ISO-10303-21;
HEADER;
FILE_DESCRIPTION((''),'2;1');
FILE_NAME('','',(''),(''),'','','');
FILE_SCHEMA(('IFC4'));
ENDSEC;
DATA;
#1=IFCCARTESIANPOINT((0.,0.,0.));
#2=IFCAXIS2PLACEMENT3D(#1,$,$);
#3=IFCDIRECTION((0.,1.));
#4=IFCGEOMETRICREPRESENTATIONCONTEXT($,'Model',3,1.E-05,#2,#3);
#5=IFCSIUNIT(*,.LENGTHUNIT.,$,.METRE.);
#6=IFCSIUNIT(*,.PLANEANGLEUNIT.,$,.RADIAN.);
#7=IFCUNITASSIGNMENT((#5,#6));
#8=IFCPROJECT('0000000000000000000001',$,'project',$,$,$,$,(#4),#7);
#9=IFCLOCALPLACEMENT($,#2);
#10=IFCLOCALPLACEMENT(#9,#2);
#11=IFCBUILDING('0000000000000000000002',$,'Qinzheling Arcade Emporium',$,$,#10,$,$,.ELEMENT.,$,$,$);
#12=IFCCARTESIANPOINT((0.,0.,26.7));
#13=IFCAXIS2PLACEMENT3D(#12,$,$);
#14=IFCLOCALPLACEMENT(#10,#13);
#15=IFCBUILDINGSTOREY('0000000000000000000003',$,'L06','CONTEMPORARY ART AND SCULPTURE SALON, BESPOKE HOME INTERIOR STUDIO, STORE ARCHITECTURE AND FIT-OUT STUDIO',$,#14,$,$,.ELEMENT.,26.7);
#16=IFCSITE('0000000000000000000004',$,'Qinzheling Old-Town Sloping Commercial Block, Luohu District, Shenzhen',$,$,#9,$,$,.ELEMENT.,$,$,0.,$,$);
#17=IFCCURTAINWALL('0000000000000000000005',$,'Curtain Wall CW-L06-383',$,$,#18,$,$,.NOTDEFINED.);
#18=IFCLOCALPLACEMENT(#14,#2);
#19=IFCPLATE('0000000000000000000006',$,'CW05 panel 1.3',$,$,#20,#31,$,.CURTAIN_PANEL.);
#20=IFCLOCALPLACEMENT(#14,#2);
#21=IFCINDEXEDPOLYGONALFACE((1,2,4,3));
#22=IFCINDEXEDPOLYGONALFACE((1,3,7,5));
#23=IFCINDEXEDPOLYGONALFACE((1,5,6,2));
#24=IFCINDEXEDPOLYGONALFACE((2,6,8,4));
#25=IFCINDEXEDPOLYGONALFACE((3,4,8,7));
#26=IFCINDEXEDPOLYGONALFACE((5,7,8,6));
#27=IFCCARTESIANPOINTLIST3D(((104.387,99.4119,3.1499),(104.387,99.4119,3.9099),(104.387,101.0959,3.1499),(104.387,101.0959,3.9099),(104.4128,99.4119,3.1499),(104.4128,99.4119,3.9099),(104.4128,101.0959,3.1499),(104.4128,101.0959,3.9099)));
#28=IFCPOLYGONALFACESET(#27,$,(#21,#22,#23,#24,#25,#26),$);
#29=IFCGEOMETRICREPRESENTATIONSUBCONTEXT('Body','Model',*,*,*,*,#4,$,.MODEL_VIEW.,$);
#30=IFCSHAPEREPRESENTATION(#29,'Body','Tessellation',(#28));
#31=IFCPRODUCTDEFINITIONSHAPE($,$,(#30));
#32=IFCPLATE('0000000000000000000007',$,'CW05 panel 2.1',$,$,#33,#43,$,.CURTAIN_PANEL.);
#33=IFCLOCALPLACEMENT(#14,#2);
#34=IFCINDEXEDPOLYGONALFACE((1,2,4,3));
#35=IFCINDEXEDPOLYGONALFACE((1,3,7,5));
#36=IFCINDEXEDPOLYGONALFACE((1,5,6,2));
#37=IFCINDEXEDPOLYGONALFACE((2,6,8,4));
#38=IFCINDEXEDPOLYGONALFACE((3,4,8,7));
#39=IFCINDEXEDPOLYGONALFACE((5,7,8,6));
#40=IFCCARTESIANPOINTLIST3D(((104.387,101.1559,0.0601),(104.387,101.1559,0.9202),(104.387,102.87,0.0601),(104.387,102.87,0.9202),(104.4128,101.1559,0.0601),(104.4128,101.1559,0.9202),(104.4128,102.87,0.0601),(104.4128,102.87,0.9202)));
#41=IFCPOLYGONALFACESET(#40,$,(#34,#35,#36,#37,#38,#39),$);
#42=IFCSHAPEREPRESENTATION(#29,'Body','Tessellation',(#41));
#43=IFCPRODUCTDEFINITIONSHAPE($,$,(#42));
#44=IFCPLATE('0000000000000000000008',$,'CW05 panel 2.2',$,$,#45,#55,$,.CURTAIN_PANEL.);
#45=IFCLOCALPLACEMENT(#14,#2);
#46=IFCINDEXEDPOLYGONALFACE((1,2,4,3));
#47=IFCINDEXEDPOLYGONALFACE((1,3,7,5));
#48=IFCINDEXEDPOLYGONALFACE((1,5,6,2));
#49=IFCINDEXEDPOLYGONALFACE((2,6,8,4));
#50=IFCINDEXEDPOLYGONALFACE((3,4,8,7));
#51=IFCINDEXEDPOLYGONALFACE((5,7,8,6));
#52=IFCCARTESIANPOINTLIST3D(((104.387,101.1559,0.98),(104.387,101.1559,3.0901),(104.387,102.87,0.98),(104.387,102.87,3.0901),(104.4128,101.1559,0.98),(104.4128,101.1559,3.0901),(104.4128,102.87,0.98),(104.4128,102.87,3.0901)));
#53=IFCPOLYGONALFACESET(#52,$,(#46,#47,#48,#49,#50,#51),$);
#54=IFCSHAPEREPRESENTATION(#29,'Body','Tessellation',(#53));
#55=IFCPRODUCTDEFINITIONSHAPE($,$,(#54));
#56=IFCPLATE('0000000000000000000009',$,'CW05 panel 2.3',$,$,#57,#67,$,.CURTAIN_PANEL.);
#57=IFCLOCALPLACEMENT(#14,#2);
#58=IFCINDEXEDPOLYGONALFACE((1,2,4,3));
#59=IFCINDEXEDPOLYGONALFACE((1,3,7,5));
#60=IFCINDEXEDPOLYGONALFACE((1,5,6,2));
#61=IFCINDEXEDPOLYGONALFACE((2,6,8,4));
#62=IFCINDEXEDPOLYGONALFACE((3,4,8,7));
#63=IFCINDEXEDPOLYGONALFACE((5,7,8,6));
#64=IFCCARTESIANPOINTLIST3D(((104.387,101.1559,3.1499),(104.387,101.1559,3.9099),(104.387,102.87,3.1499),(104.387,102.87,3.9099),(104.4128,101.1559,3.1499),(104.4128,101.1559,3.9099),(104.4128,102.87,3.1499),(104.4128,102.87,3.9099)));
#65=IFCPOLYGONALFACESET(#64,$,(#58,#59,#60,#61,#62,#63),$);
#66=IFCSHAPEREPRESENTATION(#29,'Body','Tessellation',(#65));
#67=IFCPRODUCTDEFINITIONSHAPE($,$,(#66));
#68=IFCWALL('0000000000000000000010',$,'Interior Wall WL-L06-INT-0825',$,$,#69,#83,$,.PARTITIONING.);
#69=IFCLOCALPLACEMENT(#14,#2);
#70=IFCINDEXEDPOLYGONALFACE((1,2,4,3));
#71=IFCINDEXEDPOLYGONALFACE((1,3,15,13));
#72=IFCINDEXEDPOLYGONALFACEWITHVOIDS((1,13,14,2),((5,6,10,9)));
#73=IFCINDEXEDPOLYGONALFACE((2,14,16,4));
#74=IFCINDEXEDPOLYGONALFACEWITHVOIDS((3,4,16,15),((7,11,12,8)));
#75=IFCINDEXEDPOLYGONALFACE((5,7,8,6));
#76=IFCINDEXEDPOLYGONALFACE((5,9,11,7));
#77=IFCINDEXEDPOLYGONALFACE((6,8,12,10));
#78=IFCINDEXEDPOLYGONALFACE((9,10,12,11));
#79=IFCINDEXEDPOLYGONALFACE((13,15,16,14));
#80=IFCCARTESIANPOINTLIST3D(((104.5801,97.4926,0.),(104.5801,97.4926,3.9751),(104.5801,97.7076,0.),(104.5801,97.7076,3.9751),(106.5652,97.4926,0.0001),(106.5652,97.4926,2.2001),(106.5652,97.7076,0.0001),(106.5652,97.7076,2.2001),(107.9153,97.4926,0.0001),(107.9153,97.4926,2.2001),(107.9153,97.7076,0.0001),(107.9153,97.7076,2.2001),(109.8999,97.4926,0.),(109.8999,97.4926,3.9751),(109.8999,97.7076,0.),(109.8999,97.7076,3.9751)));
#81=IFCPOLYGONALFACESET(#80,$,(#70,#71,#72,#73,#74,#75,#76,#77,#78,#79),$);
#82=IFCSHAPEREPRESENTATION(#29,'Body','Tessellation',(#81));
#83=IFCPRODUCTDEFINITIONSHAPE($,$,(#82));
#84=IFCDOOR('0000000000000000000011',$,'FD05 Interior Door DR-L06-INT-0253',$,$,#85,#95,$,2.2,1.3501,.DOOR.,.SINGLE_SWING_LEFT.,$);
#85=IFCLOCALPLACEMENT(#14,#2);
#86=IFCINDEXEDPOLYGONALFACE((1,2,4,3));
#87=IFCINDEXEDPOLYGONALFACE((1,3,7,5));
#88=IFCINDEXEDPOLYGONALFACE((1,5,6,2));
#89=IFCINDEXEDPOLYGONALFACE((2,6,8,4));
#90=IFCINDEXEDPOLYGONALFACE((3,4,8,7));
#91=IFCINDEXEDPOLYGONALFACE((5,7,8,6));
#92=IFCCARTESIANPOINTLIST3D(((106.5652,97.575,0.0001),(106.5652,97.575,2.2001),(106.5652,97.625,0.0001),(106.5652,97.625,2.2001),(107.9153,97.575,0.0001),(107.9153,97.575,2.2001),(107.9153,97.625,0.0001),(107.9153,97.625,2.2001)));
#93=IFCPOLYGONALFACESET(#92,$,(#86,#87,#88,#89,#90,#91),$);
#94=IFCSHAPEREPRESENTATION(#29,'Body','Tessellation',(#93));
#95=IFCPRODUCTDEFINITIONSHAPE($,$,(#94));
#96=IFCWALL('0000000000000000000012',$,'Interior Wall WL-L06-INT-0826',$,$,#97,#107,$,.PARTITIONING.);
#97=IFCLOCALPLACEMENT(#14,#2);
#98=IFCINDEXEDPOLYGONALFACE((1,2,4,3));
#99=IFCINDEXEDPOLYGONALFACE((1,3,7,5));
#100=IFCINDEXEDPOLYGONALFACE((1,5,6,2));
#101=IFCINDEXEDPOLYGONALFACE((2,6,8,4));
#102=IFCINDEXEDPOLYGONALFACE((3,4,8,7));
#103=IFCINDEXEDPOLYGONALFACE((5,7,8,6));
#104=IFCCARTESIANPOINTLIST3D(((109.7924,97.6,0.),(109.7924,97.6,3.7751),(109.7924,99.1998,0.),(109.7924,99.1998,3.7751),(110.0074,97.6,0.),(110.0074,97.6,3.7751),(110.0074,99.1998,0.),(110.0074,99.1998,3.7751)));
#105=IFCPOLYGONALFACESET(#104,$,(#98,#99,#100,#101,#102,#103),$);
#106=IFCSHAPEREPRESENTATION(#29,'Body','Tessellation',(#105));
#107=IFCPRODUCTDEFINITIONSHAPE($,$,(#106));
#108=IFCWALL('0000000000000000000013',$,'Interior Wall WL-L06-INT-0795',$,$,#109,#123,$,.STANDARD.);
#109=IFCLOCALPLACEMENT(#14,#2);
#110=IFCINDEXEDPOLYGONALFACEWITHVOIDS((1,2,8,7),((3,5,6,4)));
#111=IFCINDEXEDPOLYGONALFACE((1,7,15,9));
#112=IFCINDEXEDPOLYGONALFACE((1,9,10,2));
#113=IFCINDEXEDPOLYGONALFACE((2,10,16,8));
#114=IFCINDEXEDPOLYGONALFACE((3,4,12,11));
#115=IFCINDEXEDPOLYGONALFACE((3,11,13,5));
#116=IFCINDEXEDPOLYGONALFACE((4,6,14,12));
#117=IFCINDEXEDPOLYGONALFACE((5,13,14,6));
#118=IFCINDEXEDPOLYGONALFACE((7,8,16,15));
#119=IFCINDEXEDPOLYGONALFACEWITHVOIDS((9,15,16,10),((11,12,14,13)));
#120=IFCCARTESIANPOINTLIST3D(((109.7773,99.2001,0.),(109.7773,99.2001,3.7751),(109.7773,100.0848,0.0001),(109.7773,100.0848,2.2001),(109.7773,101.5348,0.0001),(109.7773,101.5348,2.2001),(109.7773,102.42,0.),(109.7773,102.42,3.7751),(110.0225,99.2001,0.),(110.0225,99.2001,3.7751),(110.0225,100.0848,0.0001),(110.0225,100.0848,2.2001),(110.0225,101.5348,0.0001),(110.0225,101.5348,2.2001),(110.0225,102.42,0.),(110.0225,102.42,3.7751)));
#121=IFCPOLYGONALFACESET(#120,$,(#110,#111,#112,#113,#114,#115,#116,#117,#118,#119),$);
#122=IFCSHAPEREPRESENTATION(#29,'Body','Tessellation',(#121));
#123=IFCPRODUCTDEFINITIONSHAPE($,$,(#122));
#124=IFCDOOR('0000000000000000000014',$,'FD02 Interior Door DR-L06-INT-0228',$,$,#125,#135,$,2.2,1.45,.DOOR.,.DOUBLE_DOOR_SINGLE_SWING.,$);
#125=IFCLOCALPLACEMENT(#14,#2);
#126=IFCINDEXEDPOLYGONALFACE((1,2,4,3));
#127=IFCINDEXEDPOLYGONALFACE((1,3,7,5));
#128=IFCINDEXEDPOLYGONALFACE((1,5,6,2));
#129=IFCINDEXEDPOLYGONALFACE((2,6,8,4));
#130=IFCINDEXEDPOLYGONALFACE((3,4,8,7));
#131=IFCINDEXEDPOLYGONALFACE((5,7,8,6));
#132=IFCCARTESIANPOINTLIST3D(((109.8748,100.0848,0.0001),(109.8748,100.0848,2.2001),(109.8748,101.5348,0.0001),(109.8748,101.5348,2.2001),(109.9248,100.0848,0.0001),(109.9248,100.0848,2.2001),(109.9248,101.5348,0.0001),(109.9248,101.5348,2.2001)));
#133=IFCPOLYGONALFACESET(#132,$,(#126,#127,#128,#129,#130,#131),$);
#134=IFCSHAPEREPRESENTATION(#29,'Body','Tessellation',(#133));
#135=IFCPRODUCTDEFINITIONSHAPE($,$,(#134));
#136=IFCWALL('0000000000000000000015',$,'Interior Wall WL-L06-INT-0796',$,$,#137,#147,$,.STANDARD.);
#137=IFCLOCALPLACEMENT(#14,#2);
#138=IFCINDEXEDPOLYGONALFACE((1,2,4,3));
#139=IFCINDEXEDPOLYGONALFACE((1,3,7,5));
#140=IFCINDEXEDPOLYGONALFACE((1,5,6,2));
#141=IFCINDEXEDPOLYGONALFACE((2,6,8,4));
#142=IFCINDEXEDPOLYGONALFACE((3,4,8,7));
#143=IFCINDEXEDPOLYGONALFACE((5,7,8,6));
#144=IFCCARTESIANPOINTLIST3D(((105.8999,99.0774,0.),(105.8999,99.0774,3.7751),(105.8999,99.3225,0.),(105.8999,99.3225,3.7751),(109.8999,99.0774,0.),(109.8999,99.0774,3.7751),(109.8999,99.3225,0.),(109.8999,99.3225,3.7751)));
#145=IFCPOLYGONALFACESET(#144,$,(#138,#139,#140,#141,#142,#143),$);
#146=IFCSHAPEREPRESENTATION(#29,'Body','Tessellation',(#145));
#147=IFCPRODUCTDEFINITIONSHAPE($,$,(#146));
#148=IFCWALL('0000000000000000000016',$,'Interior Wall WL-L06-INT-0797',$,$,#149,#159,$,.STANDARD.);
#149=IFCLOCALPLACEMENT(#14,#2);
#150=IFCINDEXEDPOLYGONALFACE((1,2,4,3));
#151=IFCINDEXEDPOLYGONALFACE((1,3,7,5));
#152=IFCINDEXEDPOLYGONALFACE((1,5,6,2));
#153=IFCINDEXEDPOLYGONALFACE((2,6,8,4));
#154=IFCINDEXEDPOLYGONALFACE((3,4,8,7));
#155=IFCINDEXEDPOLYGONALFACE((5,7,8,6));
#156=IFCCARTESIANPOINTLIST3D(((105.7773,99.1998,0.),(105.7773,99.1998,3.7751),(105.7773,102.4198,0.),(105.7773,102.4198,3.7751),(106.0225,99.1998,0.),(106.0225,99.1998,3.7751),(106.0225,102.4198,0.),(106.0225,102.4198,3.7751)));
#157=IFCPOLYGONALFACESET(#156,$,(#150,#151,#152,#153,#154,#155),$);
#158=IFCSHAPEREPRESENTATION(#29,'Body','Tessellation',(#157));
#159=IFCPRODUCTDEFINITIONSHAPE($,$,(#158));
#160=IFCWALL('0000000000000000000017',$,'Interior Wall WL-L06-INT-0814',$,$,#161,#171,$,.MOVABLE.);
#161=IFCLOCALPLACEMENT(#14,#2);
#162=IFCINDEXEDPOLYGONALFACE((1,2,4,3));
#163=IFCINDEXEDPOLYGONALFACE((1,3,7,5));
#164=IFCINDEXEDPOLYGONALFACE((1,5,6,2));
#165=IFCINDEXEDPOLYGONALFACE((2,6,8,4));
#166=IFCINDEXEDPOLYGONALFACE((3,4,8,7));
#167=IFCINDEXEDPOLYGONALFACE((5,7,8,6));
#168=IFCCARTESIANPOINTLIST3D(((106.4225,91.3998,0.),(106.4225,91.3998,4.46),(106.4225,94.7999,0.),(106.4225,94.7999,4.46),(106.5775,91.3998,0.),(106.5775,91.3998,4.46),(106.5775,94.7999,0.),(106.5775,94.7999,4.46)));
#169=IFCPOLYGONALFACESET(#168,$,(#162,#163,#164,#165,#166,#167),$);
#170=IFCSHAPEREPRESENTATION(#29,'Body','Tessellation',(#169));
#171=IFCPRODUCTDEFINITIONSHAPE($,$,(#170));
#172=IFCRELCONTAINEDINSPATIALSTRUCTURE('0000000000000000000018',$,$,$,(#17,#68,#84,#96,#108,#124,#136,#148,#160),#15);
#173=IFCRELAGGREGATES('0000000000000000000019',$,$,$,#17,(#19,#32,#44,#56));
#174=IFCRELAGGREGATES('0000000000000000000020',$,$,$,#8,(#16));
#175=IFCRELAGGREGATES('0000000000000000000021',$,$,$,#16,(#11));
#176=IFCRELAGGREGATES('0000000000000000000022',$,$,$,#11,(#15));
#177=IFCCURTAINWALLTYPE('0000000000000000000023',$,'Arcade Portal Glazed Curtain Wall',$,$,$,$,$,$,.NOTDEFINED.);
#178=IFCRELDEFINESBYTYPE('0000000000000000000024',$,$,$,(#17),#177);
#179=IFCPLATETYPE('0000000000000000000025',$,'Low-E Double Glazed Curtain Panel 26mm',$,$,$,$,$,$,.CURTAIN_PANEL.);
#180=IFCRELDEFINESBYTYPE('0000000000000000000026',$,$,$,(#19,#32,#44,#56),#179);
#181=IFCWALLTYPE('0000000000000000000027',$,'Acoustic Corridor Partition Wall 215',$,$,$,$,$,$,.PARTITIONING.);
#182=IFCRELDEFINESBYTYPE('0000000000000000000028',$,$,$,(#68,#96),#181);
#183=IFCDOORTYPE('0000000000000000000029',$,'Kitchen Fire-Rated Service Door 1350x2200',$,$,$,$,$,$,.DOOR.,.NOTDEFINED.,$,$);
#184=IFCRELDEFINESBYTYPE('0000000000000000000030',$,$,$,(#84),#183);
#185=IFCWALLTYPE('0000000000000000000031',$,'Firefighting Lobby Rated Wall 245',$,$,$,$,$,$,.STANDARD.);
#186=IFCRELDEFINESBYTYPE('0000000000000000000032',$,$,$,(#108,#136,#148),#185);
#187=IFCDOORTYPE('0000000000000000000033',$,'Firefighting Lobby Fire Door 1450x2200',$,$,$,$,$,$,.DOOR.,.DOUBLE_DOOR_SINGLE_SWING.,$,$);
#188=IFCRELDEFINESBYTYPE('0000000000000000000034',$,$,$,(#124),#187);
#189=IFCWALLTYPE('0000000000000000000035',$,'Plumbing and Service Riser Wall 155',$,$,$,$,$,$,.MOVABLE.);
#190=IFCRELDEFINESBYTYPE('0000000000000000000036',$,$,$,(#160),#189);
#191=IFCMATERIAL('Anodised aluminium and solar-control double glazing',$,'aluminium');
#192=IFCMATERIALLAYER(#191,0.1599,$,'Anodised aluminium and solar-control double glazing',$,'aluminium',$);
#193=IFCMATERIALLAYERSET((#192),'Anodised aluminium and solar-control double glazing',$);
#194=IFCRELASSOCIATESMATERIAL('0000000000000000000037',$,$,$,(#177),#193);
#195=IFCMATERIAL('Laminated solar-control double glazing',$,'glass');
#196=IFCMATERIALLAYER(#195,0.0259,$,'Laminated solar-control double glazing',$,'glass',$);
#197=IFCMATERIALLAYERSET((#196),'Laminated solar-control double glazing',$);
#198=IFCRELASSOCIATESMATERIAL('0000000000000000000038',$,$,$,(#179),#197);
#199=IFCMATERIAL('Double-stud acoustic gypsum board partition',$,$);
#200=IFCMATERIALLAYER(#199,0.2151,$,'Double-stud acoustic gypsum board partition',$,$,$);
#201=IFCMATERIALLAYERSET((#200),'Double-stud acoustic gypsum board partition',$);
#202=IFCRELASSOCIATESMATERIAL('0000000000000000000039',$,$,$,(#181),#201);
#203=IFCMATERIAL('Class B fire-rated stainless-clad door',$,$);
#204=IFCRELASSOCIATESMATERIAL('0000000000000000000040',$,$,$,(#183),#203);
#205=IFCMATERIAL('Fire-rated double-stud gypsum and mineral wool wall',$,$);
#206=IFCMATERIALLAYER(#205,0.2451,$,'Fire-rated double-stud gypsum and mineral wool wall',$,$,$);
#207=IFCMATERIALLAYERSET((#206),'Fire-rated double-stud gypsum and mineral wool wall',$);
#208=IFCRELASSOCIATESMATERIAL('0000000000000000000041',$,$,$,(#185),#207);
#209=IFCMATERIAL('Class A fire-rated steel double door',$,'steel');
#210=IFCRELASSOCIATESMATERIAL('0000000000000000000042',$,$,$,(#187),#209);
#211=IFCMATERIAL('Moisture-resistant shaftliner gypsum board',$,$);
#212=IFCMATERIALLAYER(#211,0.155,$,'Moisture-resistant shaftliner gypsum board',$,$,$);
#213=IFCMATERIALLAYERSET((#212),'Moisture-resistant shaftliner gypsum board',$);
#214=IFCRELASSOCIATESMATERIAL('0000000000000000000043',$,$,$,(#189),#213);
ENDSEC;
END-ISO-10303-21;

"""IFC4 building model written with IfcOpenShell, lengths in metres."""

from ifc_helpers import new_model, si_unit, direction, frame, frame_2d, origin, origin_2d, place, context, subcontext, project, spatial, rectangle, extrude, material, layer, layer_set, type_object, element, fill, aggregate, save


model = new_model("IFC4")

# Units and contexts
model_context = context("Model", 3, precision=1e-05, world=origin(), true_north=direction((0.0, 1.0)))
body_context = subcontext(model_context, "Body", "Model", "MODEL_VIEW")
ifc_project = project(units=[si_unit("LENGTHUNIT", "METRE"), si_unit("PLANEANGLEUNIT", "RADIAN")], contexts=[model_context])

# Site, building, storey
site_placement = place(None, origin())
site = spatial("IfcSite", under=ifc_project, at=site_placement, Name="Qinzheling Old-Town Sloping Commercial Block, Luohu District, Shenzhen", CompositionType="ELEMENT", RefElevation=0.0)
building_placement = place(site_placement, origin())
building = spatial("IfcBuilding", under=site, at=building_placement, Name="Qinzheling Arcade Emporium", CompositionType="ELEMENT")
storey_placement = place(building_placement, frame((0.0, 0.0, 26.7)))
storey = spatial("IfcBuildingStorey", under=building, at=storey_placement, Name="L06", Description="CONTEMPORARY ART AND SCULPTURE SALON, BESPOKE HOME INTERIOR STUDIO, STORE ARCHITECTURE AND FIT-OUT STUDIO", CompositionType="ELEMENT", Elevation=26.7)

# Curtain wall
ifc_material_1 = material(Name="Anodised aluminium and solar-control double glazing", Category="aluminium")
ifc_layer_1 = layer(ifc_material_1, 0.1599, Name="Anodised aluminium and solar-control double glazing", Category="aluminium")
ifc_layer_set_1 = layer_set([ifc_layer_1], Name="Anodised aluminium and solar-control double glazing")
curtain_wall_type = type_object("IfcCurtainWallType", Name="Arcade Portal Glazed Curtain Wall", PredefinedType="NOTDEFINED", material=ifc_layer_set_1)
curtain_wall_placement = place(storey_placement, origin())
curtain_wall = element("IfcCurtainWall", 1, at=curtain_wall_placement, inside=storey, type_object=curtain_wall_type, Name="Curtain Wall CW-L06-383", PredefinedType="NOTDEFINED")

# Plates
ifc_material_2 = material(Name="Laminated solar-control double glazing", Category="glass")
ifc_layer_2 = layer(ifc_material_2, 0.0259, Name="Laminated solar-control double glazing", Category="glass")
ifc_layer_set_2 = layer_set([ifc_layer_2], Name="Laminated solar-control double glazing")
plate_type = type_object("IfcPlateType", Name="Low-E Double Glazed Curtain Panel 26mm", PredefinedType="CURTAIN_PANEL", material=ifc_layer_set_2)
plate_1_placement = place(storey_placement, frame((104.3999, 100.2539, 3.1499), z_axis=(0.0, 0.0, 1.0), x_axis=(0.0, 1.0, 0.0)))
plate_1 = element("IfcPlate", 2, at=plate_1_placement, type_object=plate_type, Name="CW05 panel 1.3", PredefinedType="CURTAIN_PANEL", context=body_context, shape_type="SweptSolid", body=[
    extrude(rectangle(XDim=1.6841, YDim=0.0259, at=origin_2d()), origin(), (0.0, 0.0, 1.0), 0.76),
])
plate_2_placement = place(storey_placement, frame((104.3999, 102.0129, 0.0601), z_axis=(0.0, 0.0, 1.0), x_axis=(0.0, 1.0, 0.0)))
plate_2 = element("IfcPlate", 3, at=plate_2_placement, type_object=plate_type, Name="CW05 panel 2.1", PredefinedType="CURTAIN_PANEL", context=body_context, shape_type="SweptSolid", body=[
    extrude(rectangle(XDim=1.7141, YDim=0.0259, at=origin_2d()), origin(), (0.0, 0.0, 1.0), 0.8601),
])
plate_3_placement = place(storey_placement, frame((104.3999, 102.0129, 0.98), z_axis=(0.0, 0.0, 1.0), x_axis=(0.0, 1.0, 0.0)))
plate_3 = element("IfcPlate", 4, at=plate_3_placement, type_object=plate_type, Name="CW05 panel 2.2", PredefinedType="CURTAIN_PANEL", context=body_context, shape_type="SweptSolid", body=[
    extrude(rectangle(XDim=1.7141, YDim=0.0259, at=origin_2d()), origin(), (0.0, 0.0, 1.0), 2.1101),
])
plate_4_placement = place(storey_placement, frame((104.3999, 102.0129, 3.1499), z_axis=(0.0, 0.0, 1.0), x_axis=(0.0, 1.0, 0.0)))
plate_4 = element("IfcPlate", 5, at=plate_4_placement, type_object=plate_type, Name="CW05 panel 2.3", PredefinedType="CURTAIN_PANEL", context=body_context, shape_type="SweptSolid", body=[
    extrude(rectangle(XDim=1.7141, YDim=0.0259, at=origin_2d()), origin(), (0.0, 0.0, 1.0), 0.76),
])
aggregate(curtain_wall, [plate_1, plate_2, plate_3, plate_4])

# Wall, opening, door
ifc_material_3 = material(Name="Double-stud acoustic gypsum board partition")
ifc_layer_3 = layer(ifc_material_3, 0.2151, Name="Double-stud acoustic gypsum board partition")
ifc_layer_set_3 = layer_set([ifc_layer_3], Name="Double-stud acoustic gypsum board partition")
wall_type_1 = type_object("IfcWallType", Name="Acoustic Corridor Partition Wall 215", PredefinedType="PARTITIONING", material=ifc_layer_set_3)
wall_1_placement = place(storey_placement, frame((104.5801, 97.6001, 0.0), z_axis=(0.0, 0.0, 1.0), x_axis=(1.0, 0.0, 0.0)))
wall_1 = element("IfcWall", 6, at=wall_1_placement, inside=storey, type_object=wall_type_1, Name="Interior Wall WL-L06-INT-0825", PredefinedType="PARTITIONING", context=body_context, shape_type="SweptSolid", body=[
    extrude(rectangle(XDim=5.3198, YDim=0.2151, at=frame_2d((2.6599, 0.0))), origin(), (0.0, 0.0, 1.0), 3.9751),
])
opening_1_placement = place(wall_1_placement, frame((1.9851, 0.0, 0.0)))
opening_1 = element("IfcOpeningElement", 7, at=opening_1_placement, cuts=wall_1, PredefinedType="OPENING", context=body_context, shape_type="SweptSolid", body=[
    extrude(rectangle(XDim=1.3501, YDim=2.2, at=frame_2d((0.675, 1.1001))), frame((0.0, 0.1177, 0.0), z_axis=(0.0, -1.0, 0.0), x_axis=(1.0, 0.0, 0.0)), (0.0, 0.0, 1.0), 0.2351),
])
ifc_material_4 = material(Name="Class B fire-rated stainless-clad door")
door_type_1 = type_object("IfcDoorType", Name="Kitchen Fire-Rated Service Door 1350x2200", OperationType="NOTDEFINED", PredefinedType="DOOR", material=ifc_material_4)
door_1_placement = place(opening_1_placement, origin())
door_1 = element("IfcDoor", 8, at=door_1_placement, inside=storey, type_object=door_type_1, Name="FD05 Interior Door DR-L06-INT-0253", OperationType="SINGLE_SWING_LEFT", OverallHeight=2.2, OverallWidth=1.3501, PredefinedType="DOOR", context=body_context, shape_type="SweptSolid", body=[
    extrude(rectangle(XDim=1.3501, YDim=2.2, at=frame_2d((0.675, 1.1001))), frame((0.0, 0.0249, 0.0), z_axis=(0.0, -1.0, 0.0), x_axis=(1.0, 0.0, 0.0)), (0.0, 0.0, 1.0), 0.05),
])
fill(opening_1, door_1)

# Wall
wall_2_placement = place(storey_placement, frame((109.8999, 97.6001, 0.0), z_axis=(0.0, 0.0, 1.0), x_axis=(0.0, 1.0, 0.0)))
element("IfcWall", 9, at=wall_2_placement, inside=storey, type_object=wall_type_1, Name="Interior Wall WL-L06-INT-0826", PredefinedType="PARTITIONING", context=body_context, shape_type="SweptSolid", body=[
    extrude(rectangle(XDim=1.5999, YDim=0.2151, at=frame_2d((0.7998, 0.0))), origin(), (0.0, 0.0, 1.0), 3.7751),
])

# Wall, opening, door
ifc_material_5 = material(Name="Fire-rated double-stud gypsum and mineral wool wall")
ifc_layer_4 = layer(ifc_material_5, 0.2451, Name="Fire-rated double-stud gypsum and mineral wool wall")
ifc_layer_set_4 = layer_set([ifc_layer_4], Name="Fire-rated double-stud gypsum and mineral wool wall")
wall_type_2 = type_object("IfcWallType", Name="Firefighting Lobby Rated Wall 245", PredefinedType="STANDARD", material=ifc_layer_set_4)
wall_3_placement = place(storey_placement, frame((109.8999, 102.4199, 0.0), z_axis=(0.0, 0.0, 1.0), x_axis=(0.0, -1.0, 0.0)))
wall_3 = element("IfcWall", 10, at=wall_3_placement, inside=storey, type_object=wall_type_2, Name="Interior Wall WL-L06-INT-0795", PredefinedType="STANDARD", context=body_context, shape_type="SweptSolid", body=[
    extrude(rectangle(XDim=3.22, YDim=0.2451, at=frame_2d((1.6099, 0.0))), origin(), (0.0, 0.0, 1.0), 3.7751),
])
opening_2_placement = place(wall_3_placement, frame((0.885, 0.0, 0.0)))
opening_2 = element("IfcOpeningElement", 11, at=opening_2_placement, cuts=wall_3, PredefinedType="OPENING", context=body_context, shape_type="SweptSolid", body=[
    extrude(rectangle(XDim=1.45, YDim=2.2, at=frame_2d((0.7251, 1.1001))), frame((0.0, 0.1326, 0.0), z_axis=(0.0, -1.0, 0.0), x_axis=(1.0, 0.0, 0.0)), (0.0, 0.0, 1.0), 0.2651),
])
ifc_material_6 = material(Name="Class A fire-rated steel double door", Category="steel")
door_type_2 = type_object("IfcDoorType", Name="Firefighting Lobby Fire Door 1450x2200", OperationType="DOUBLE_DOOR_SINGLE_SWING", PredefinedType="DOOR", material=ifc_material_6)
door_2_placement = place(opening_2_placement, origin())
door_2 = element("IfcDoor", 12, at=door_2_placement, inside=storey, type_object=door_type_2, Name="FD02 Interior Door DR-L06-INT-0228", OperationType="DOUBLE_DOOR_SINGLE_SWING", OverallHeight=2.2, OverallWidth=1.45, PredefinedType="DOOR", context=body_context, shape_type="SweptSolid", body=[
    extrude(rectangle(XDim=1.45, YDim=2.2, at=frame_2d((0.7251, 1.1001))), frame((0.0, 0.0249, 0.0), z_axis=(0.0, -1.0, 0.0), x_axis=(1.0, 0.0, 0.0)), (0.0, 0.0, 1.0), 0.05),
])
fill(opening_2, door_2)

# Walls
wall_4_placement = place(storey_placement, frame((109.8999, 99.2, 0.0), z_axis=(0.0, 0.0, 1.0), x_axis=(-1.0, 0.0, 0.0)))
element("IfcWall", 13, at=wall_4_placement, inside=storey, type_object=wall_type_2, Name="Interior Wall WL-L06-INT-0796", PredefinedType="STANDARD", context=body_context, shape_type="SweptSolid", body=[
    extrude(rectangle(XDim=4.0, YDim=0.2451, at=frame_2d((2.0, 0.0))), origin(), (0.0, 0.0, 1.0), 3.7751),
])
wall_5_placement = place(storey_placement, frame((105.8999, 99.2, 0.0), z_axis=(0.0, 0.0, 1.0), x_axis=(0.0, 1.0, 0.0)))
element("IfcWall", 14, at=wall_5_placement, inside=storey, type_object=wall_type_2, Name="Interior Wall WL-L06-INT-0797", PredefinedType="STANDARD", context=body_context, shape_type="SweptSolid", body=[
    extrude(rectangle(XDim=3.22, YDim=0.2451, at=frame_2d((1.6099, 0.0))), origin(), (0.0, 0.0, 1.0), 3.7751),
])
ifc_material_7 = material(Name="Moisture-resistant shaftliner gypsum board")
ifc_layer_5 = layer(ifc_material_7, 0.155, Name="Moisture-resistant shaftliner gypsum board")
ifc_layer_set_5 = layer_set([ifc_layer_5], Name="Moisture-resistant shaftliner gypsum board")
wall_type_3 = type_object("IfcWallType", Name="Plumbing and Service Riser Wall 155", PredefinedType="MOVABLE", material=ifc_layer_set_5)
wall_6_placement = place(storey_placement, frame((106.5, 94.8, 0.0), z_axis=(0.0, 0.0, 1.0), x_axis=(0.0, -1.0, 0.0)))
element("IfcWall", 15, at=wall_6_placement, inside=storey, type_object=wall_type_3, Name="Interior Wall WL-L06-INT-0814", PredefinedType="MOVABLE", context=body_context, shape_type="SweptSolid", body=[
    extrude(rectangle(XDim=3.4001, YDim=0.155, at=frame_2d((1.7002, 0.0))), origin(), (0.0, 0.0, 1.0), 4.46),
])

save(model, "model.ifc")
